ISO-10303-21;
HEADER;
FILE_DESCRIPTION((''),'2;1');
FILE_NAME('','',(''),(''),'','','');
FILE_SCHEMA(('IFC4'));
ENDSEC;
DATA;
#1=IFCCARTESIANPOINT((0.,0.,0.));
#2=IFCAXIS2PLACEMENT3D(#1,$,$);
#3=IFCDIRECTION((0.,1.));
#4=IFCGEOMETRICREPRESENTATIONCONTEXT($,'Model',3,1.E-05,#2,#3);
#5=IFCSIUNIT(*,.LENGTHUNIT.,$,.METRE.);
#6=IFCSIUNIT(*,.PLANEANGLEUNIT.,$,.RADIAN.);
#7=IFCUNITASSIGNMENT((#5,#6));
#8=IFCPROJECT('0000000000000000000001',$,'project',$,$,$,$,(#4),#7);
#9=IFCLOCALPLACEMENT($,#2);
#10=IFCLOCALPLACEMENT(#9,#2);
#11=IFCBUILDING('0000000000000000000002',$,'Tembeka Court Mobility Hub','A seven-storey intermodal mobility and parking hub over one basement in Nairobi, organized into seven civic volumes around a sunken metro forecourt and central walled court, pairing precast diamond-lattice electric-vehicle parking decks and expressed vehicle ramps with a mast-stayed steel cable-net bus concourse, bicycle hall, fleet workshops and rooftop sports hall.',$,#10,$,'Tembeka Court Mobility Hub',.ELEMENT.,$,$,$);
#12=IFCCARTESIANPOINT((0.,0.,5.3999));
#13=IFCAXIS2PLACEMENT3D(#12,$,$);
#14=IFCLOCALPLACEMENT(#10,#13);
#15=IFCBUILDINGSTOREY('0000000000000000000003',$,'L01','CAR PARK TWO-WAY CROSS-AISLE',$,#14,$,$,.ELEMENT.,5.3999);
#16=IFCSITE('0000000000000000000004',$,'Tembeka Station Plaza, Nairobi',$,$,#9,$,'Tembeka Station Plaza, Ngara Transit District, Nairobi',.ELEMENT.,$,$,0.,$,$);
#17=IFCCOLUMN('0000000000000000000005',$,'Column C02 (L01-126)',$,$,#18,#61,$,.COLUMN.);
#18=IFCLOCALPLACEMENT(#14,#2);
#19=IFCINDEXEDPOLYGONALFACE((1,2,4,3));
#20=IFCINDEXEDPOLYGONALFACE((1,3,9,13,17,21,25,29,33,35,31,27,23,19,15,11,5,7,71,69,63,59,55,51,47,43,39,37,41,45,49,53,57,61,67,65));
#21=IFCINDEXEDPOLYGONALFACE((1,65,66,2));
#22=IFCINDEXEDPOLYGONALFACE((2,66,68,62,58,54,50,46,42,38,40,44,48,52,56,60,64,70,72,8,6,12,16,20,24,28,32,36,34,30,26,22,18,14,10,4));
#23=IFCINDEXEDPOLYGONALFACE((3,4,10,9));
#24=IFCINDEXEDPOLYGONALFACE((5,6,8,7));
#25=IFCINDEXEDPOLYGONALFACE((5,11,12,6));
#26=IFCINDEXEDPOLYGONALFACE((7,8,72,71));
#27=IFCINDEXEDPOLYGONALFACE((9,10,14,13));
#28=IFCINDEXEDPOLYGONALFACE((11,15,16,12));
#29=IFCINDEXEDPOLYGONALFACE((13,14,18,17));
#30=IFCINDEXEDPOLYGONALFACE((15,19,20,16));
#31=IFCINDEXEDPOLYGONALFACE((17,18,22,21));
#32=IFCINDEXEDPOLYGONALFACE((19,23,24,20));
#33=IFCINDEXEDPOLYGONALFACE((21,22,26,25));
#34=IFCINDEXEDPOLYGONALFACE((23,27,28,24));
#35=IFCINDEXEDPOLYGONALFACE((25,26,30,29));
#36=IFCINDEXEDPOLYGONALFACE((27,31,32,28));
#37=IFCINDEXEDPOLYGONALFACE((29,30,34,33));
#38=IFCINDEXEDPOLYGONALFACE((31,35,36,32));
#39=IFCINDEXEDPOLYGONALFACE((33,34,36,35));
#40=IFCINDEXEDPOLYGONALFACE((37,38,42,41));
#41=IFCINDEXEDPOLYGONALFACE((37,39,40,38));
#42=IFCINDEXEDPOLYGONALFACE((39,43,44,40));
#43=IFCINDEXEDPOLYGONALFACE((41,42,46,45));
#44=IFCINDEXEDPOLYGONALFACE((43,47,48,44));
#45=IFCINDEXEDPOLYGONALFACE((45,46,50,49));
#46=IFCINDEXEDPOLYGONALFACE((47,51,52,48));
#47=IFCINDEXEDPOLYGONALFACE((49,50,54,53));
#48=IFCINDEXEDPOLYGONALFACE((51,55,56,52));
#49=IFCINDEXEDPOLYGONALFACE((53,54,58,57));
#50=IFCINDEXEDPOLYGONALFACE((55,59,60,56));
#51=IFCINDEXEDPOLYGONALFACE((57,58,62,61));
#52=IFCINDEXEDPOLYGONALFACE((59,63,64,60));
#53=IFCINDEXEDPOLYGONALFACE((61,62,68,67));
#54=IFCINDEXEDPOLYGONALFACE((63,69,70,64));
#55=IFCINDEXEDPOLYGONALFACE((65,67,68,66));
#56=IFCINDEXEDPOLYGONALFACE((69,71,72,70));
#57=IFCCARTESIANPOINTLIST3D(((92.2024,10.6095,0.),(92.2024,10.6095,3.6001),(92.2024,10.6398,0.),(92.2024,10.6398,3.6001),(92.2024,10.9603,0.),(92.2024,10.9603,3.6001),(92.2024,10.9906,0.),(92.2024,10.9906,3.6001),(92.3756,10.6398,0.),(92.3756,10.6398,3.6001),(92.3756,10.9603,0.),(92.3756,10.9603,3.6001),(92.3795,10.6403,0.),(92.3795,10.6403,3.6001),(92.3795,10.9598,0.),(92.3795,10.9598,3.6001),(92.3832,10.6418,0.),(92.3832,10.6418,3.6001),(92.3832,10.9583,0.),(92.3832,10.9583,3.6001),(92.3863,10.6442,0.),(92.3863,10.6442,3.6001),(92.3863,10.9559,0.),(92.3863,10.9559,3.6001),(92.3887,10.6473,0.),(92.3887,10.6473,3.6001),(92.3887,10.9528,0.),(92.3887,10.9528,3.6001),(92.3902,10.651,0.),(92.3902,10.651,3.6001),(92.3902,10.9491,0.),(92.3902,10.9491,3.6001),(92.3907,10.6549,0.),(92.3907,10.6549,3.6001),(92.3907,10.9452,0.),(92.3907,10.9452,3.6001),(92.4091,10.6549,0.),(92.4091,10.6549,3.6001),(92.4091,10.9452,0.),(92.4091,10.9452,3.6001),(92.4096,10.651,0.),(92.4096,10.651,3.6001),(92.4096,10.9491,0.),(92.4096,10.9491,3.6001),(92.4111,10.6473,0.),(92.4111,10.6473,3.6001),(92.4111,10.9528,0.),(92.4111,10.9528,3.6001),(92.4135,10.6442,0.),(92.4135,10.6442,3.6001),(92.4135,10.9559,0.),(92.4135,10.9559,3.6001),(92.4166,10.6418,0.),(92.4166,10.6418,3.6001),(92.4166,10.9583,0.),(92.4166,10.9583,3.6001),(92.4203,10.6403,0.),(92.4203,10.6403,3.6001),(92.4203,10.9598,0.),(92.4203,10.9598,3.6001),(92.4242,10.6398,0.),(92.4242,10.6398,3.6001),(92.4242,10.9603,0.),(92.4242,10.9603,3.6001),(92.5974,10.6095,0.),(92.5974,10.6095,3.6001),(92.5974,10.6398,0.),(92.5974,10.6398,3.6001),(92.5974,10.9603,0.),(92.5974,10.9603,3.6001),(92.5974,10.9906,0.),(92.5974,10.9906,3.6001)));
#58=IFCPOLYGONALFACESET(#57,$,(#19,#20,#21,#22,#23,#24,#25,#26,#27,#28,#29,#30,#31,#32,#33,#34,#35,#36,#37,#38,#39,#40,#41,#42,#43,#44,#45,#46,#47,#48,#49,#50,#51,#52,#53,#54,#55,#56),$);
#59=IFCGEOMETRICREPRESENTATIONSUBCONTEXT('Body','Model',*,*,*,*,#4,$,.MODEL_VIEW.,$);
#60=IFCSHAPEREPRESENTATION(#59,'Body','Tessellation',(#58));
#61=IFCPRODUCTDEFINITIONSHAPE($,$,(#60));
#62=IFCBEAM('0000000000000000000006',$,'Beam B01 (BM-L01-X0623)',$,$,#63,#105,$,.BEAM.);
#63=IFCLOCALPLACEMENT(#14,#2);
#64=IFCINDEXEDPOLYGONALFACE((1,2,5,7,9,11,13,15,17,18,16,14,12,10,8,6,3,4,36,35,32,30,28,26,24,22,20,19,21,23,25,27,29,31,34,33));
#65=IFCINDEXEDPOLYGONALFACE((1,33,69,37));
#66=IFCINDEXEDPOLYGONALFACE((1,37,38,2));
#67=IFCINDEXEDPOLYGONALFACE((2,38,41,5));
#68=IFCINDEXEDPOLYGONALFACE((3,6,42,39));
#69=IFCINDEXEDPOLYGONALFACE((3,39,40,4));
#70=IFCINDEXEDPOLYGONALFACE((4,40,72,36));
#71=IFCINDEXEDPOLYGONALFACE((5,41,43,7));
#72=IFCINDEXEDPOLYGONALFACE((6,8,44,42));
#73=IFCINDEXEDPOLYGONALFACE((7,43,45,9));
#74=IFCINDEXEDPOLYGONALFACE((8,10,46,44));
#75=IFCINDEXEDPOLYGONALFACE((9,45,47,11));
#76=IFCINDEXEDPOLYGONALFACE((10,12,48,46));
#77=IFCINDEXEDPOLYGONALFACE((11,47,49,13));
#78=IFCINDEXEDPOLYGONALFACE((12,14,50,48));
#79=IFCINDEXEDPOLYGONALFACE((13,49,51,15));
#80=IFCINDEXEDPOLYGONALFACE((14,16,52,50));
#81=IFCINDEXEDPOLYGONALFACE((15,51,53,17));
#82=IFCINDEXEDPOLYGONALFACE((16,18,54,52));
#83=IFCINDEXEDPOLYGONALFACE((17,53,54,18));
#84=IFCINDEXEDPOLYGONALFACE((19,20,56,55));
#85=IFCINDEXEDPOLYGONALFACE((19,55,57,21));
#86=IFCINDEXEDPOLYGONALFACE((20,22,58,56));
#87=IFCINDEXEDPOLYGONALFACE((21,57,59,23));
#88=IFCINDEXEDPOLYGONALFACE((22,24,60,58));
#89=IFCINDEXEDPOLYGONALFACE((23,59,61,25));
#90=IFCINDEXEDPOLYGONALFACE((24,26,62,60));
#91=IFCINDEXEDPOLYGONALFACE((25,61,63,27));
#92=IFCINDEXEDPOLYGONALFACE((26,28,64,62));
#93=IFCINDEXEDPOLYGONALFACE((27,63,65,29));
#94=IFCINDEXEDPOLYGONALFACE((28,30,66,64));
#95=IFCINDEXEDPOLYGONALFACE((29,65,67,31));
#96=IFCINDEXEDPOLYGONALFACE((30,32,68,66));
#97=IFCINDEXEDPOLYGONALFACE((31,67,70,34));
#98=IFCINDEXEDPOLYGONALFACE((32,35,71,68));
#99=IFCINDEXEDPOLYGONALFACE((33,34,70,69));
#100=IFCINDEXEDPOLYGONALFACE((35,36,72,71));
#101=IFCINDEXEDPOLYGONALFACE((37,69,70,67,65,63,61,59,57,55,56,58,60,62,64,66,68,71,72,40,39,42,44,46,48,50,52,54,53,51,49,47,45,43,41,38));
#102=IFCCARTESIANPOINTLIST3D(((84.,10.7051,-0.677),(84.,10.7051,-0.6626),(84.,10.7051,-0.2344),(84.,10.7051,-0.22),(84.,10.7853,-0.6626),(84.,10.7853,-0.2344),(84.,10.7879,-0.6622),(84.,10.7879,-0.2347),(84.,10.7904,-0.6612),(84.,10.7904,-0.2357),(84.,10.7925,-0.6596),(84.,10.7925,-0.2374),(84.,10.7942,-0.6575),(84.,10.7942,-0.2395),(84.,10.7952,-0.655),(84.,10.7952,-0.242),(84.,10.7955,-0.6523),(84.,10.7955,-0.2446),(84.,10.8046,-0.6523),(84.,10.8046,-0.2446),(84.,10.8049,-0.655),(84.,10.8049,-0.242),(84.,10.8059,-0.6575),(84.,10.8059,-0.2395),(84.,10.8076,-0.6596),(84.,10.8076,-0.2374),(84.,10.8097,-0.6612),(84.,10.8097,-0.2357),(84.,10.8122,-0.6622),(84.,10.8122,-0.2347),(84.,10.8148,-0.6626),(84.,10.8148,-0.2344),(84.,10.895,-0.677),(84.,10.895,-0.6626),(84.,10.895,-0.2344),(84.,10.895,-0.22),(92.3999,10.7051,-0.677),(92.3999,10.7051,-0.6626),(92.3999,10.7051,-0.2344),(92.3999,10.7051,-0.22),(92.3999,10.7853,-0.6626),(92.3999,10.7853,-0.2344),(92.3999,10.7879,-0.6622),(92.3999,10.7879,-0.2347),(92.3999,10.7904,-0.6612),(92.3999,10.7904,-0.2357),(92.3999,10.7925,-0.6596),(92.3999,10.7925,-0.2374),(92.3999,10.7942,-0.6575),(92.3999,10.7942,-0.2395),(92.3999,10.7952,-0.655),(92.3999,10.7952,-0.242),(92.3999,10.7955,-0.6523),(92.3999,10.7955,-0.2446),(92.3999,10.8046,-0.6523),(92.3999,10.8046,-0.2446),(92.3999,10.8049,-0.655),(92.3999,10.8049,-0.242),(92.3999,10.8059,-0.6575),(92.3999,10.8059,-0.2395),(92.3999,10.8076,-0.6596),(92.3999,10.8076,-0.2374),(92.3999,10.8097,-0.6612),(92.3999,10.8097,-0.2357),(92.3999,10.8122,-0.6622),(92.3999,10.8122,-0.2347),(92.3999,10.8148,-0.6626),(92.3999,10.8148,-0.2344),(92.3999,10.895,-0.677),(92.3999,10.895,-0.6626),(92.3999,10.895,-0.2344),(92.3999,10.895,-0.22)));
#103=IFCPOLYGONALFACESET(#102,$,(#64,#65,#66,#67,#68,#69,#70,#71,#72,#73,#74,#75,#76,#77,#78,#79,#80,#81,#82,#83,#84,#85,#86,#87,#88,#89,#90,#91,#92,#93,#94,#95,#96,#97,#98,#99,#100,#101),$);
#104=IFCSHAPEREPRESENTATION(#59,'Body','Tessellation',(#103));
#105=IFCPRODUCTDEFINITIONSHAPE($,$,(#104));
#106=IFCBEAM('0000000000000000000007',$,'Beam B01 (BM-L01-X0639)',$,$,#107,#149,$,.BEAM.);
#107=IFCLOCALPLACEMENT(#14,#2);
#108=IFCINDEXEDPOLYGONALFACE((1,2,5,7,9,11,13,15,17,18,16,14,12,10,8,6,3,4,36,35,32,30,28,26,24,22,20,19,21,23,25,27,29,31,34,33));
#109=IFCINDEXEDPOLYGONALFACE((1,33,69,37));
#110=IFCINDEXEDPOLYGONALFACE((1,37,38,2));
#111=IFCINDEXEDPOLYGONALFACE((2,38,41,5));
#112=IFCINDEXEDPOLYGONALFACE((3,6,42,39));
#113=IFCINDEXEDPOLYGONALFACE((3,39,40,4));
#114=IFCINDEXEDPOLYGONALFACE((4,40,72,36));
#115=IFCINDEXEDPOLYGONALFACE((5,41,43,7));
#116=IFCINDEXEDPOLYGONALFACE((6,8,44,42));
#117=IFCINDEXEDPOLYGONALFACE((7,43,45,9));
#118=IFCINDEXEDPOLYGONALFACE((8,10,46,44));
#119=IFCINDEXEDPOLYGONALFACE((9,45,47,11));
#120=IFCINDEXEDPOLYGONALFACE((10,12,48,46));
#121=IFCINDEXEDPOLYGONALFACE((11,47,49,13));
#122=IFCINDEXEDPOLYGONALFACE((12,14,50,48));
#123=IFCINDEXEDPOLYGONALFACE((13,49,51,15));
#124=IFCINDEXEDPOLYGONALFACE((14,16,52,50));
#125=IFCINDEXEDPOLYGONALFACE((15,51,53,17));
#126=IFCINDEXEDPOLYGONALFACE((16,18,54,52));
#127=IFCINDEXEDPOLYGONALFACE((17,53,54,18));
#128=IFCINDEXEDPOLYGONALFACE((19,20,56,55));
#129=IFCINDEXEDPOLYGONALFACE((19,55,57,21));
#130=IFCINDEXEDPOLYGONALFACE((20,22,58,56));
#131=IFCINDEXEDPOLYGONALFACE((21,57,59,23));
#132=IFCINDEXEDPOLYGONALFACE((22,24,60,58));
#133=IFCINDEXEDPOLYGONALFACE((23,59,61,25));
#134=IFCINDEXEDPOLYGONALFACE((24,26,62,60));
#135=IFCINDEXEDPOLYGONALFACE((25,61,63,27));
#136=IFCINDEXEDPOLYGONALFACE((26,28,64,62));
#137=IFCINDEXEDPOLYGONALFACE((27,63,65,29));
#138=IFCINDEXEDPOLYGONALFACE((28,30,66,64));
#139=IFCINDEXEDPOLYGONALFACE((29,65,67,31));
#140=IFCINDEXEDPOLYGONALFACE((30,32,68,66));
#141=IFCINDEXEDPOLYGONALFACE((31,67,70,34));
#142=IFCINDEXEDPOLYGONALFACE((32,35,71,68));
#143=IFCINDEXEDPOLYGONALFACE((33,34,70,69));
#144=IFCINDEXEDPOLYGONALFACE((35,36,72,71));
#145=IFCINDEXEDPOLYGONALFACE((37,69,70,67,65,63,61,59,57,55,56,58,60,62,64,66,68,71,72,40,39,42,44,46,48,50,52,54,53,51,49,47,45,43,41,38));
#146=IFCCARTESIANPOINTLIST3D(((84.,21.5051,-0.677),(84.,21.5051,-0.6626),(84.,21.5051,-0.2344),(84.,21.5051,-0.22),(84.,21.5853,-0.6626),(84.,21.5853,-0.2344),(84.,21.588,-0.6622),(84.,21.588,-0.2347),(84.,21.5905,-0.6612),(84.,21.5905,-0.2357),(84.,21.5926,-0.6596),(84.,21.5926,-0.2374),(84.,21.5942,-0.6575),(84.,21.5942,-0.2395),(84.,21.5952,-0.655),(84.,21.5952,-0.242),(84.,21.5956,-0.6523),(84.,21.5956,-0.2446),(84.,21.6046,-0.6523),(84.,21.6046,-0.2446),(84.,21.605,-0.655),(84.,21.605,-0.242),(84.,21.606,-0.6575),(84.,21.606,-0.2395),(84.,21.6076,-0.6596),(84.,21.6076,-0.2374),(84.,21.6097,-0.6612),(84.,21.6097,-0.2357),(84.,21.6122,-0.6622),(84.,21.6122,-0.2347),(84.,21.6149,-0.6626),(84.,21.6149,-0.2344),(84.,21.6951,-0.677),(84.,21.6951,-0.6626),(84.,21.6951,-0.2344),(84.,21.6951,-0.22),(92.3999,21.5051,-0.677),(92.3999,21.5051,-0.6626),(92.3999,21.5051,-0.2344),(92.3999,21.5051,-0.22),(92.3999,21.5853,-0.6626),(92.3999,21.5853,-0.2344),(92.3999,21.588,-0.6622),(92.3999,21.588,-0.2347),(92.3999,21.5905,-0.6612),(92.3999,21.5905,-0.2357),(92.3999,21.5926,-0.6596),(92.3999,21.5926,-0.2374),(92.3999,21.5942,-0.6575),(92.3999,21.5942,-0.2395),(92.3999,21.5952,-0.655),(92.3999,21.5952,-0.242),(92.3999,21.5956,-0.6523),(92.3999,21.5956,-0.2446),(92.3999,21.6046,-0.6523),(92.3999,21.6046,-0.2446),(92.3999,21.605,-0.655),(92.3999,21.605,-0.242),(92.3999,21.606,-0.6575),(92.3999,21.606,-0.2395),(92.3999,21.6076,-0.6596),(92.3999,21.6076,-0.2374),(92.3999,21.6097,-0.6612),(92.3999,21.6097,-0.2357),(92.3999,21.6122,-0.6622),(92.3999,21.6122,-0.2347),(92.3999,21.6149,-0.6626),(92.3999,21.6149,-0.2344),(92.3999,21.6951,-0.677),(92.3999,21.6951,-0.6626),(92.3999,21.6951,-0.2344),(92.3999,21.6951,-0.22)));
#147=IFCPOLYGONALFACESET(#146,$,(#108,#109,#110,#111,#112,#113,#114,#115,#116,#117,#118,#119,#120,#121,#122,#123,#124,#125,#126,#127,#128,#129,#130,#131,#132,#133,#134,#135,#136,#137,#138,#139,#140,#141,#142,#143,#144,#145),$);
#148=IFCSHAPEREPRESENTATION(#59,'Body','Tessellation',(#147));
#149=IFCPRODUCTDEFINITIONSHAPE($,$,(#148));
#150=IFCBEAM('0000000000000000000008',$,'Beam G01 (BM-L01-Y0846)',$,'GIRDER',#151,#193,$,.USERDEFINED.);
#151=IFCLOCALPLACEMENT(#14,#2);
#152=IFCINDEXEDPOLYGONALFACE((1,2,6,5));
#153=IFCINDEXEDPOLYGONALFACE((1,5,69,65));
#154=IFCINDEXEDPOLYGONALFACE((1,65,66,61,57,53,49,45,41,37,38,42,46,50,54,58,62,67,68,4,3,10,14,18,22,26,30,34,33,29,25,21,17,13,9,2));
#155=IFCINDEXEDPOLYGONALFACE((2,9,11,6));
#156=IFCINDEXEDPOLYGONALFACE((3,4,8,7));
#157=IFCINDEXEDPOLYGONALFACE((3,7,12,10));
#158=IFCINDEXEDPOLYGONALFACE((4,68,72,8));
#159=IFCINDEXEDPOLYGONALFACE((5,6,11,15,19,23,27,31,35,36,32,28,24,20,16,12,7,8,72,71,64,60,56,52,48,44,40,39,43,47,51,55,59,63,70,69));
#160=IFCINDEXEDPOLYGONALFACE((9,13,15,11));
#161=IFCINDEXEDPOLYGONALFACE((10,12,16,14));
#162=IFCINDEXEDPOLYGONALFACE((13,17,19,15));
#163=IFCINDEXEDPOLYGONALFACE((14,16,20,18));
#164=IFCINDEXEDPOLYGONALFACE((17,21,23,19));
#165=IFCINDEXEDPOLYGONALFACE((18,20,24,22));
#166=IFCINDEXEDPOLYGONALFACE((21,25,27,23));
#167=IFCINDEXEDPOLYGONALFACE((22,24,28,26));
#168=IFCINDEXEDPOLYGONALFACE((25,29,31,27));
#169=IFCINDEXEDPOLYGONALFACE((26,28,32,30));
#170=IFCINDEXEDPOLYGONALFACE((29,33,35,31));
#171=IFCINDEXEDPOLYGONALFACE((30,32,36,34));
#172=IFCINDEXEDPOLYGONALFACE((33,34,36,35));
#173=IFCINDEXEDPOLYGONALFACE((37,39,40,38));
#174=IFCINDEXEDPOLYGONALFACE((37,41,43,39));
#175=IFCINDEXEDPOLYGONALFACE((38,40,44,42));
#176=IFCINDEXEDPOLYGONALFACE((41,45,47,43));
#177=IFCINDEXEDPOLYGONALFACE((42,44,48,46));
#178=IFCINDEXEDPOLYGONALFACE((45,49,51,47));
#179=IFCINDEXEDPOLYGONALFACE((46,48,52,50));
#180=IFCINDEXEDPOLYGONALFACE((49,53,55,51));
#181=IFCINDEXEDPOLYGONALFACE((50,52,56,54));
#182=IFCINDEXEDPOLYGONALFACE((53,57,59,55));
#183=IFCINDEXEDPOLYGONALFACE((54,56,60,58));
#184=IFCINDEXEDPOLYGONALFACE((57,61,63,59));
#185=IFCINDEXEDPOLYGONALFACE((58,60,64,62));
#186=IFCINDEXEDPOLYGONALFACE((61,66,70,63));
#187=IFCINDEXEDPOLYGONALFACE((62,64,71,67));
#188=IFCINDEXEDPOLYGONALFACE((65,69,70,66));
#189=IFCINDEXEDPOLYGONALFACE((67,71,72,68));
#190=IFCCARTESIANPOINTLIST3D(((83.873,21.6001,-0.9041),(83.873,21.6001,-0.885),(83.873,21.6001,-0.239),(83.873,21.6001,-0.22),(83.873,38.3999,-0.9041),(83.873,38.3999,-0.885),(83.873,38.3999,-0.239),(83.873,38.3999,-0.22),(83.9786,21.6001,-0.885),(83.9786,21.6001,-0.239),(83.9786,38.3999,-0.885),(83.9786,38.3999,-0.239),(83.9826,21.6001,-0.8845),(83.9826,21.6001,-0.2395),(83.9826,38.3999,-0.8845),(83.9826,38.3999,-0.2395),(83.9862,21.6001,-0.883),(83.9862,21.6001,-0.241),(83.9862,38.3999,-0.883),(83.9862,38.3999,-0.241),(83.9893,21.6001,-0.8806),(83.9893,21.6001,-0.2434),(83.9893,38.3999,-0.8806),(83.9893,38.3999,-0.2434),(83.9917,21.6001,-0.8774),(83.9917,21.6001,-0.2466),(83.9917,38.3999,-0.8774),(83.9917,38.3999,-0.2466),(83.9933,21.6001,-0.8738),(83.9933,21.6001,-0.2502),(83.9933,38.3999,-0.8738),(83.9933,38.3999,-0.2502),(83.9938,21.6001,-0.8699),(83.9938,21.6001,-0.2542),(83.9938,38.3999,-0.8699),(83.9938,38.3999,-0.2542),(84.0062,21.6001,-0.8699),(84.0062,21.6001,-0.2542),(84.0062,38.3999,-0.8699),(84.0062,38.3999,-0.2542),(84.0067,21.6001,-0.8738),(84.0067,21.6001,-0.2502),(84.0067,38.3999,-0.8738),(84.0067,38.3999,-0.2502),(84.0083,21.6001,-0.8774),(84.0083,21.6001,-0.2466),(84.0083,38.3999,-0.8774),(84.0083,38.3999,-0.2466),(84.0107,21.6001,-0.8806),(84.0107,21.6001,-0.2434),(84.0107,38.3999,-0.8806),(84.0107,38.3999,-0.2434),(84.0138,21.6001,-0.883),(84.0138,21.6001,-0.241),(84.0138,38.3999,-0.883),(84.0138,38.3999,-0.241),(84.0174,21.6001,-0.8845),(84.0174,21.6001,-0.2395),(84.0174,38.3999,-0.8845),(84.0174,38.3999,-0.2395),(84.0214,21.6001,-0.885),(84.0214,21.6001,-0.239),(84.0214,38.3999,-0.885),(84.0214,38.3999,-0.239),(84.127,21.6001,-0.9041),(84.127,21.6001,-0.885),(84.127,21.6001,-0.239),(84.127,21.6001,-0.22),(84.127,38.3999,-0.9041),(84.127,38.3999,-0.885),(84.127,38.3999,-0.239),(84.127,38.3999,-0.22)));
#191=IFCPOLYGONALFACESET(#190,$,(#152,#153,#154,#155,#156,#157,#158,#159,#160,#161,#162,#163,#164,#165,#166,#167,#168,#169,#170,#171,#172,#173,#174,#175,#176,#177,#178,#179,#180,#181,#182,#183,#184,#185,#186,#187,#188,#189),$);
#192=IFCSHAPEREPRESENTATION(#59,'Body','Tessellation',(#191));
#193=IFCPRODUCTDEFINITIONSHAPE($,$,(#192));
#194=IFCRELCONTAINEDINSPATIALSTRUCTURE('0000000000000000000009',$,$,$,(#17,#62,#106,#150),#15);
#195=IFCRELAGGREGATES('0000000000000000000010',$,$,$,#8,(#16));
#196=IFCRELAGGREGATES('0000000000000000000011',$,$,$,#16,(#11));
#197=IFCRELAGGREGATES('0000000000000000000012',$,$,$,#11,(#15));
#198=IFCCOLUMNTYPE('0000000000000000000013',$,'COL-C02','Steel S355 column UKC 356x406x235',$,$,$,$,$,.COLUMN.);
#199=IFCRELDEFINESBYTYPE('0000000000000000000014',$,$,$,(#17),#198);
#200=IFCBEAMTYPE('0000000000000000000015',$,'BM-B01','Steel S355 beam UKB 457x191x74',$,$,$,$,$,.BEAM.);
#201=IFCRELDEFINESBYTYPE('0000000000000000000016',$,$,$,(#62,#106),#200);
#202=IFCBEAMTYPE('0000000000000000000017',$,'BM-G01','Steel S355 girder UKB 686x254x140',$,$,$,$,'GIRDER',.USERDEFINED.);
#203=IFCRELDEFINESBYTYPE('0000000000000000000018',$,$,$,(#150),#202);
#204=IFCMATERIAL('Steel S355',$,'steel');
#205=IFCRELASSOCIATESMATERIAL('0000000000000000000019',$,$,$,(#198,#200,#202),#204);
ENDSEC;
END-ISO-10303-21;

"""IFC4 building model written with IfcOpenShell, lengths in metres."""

from ifc_helpers import new_model, si_unit, direction, frame, origin, origin_2d, place, context, subcontext, project, spatial, i_section, extrude, material, material_profile, profile_set, type_object, element, save


model = new_model("IFC4")

# Units and contexts
model_context = context("Model", 3, precision=1e-05, world=origin(), true_north=direction((0.0, 1.0)))
body_context = subcontext(model_context, "Body", "Model", "MODEL_VIEW")
ifc_project = project(units=[si_unit("LENGTHUNIT", "METRE"), si_unit("PLANEANGLEUNIT", "RADIAN")], contexts=[model_context])

# Site, building, storey
site_placement = place(None, origin())
site = spatial("IfcSite", under=ifc_project, at=site_placement, Name="Tembeka Station Plaza, Nairobi", LongName="Tembeka Station Plaza, Ngara Transit District, Nairobi", CompositionType="ELEMENT", RefElevation=0.0)
building_placement = place(site_placement, origin())
building = spatial("IfcBuilding", under=site, at=building_placement, Name="Tembeka Court Mobility Hub", Description="A seven-storey intermodal mobility and parking hub over one basement in Nairobi, organized into seven civic volumes around a sunken metro forecourt and central walled court, pairing precast diamond-lattice electric-vehicle parking decks and expressed vehicle ramps with a mast-stayed steel cable-net bus concourse, bicycle hall, fleet workshops and rooftop sports hall.", LongName="Tembeka Court Mobility Hub", CompositionType="ELEMENT")
storey_placement = place(building_placement, frame((0.0, 0.0, 5.3999)))
storey = spatial("IfcBuildingStorey", under=building, at=storey_placement, Name="L01", Description="CAR PARK TWO-WAY CROSS-AISLE", CompositionType="ELEMENT", Elevation=5.3999)

# Column
ifc_material_1 = material(Name="Steel S355", Category="steel")
ifc_material_profile_1 = material_profile(ifc_material_1, i_section(OverallWidth=0.395, OverallDepth=0.3811, WebThickness=0.0183, FlangeThickness=0.0303, FilletRadius=0.0151, at=origin_2d()), Name="UKC 356x406x235")
ifc_profile_set_1 = profile_set([ifc_material_profile_1], Name="Steel S355")
column_type = type_object("IfcColumnType", Name="COL-C02", Description="Steel S355 column UKC 356x406x235", PredefinedType="COLUMN", material=ifc_profile_set_1)
for number, where, z_axis, x_axis, name in (
    (1, (92.3999, 10.8, 0.0), (0.0, 0.0, 1.0), (1.0, 0.0, 0.0), "Column C02 (L01-126)"),
):
    element("IfcColumn", number, at=place(storey_placement, frame(where, z_axis=z_axis, x_axis=x_axis)), inside=storey, type_object=column_type, Name=name, PredefinedType="COLUMN", context=body_context, shape_type="SweptSolid", body=[
        extrude(i_section(OverallWidth=0.395, OverallDepth=0.3811, WebThickness=0.0183, FlangeThickness=0.0303, FilletRadius=0.0151, at=origin_2d()), origin(), (0.0, 0.0, 1.0), 3.6001),
    ])

# Beams
ifc_material_profile_2 = material_profile(ifc_material_1, i_section(OverallWidth=0.1899, OverallDepth=0.457, WebThickness=0.009, FlangeThickness=0.0144, FilletRadius=0.0103, at=origin_2d()), Name="UKB 457x191x74")
ifc_profile_set_2 = profile_set([ifc_material_profile_2], Name="Steel S355")
beam_type_1 = type_object("IfcBeamType", Name="BM-B01", Description="Steel S355 beam UKB 457x191x74", PredefinedType="BEAM", material=ifc_profile_set_2)
for number, where, z_axis, x_axis, name in (
    (2, (84.0, 10.8, -0.4485), (1.0, 0.0, 0.0), (0.0, 1.0, 0.0), "Beam B01 (BM-L01-X0623)"),
    (3, (84.0, 21.6001, -0.4485), (1.0, 0.0, 0.0), (0.0, 1.0, 0.0), "Beam B01 (BM-L01-X0639)"),
):
    element("IfcBeam", number, at=place(storey_placement, frame(where, z_axis=z_axis, x_axis=x_axis)), inside=storey, type_object=beam_type_1, Name=name, PredefinedType="BEAM", context=body_context, shape_type="SweptSolid", body=[
        extrude(i_section(OverallWidth=0.1899, OverallDepth=0.457, WebThickness=0.009, FlangeThickness=0.0144, FilletRadius=0.0103, at=origin_2d()), origin(), (0.0, 0.0, 1.0), 8.3999),
    ])
ifc_material_profile_3 = material_profile(ifc_material_1, i_section(OverallWidth=0.2539, OverallDepth=0.6841, WebThickness=0.0125, FlangeThickness=0.019, FilletRadius=0.0151, at=origin_2d()), Name="UKB 686x254x140")
ifc_profile_set_3 = profile_set([ifc_material_profile_3], Name="Steel S355")
beam_type_2 = type_object("IfcBeamType", Name="BM-G01", Description="Steel S355 girder UKB 686x254x140", ElementType="GIRDER", PredefinedType="USERDEFINED", material=ifc_profile_set_3)
beam_1_placement = place(storey_placement, frame((84.0, 21.6001, -0.562), z_axis=(0.0, 1.0, 0.0), x_axis=(-1.0, 0.0, 0.0)))
element("IfcBeam", 4, at=beam_1_placement, inside=storey, type_object=beam_type_2, Name="Beam G01 (BM-L01-Y0846)", ObjectType="GIRDER", PredefinedType="USERDEFINED", context=body_context, shape_type="SweptSolid", body=[
    extrude(i_section(OverallWidth=0.2539, OverallDepth=0.6841, WebThickness=0.0125, FlangeThickness=0.019, FilletRadius=0.0151, at=origin_2d()), origin(), (0.0, 0.0, 1.0), 16.7998),
])

save(model, "model.ifc")
